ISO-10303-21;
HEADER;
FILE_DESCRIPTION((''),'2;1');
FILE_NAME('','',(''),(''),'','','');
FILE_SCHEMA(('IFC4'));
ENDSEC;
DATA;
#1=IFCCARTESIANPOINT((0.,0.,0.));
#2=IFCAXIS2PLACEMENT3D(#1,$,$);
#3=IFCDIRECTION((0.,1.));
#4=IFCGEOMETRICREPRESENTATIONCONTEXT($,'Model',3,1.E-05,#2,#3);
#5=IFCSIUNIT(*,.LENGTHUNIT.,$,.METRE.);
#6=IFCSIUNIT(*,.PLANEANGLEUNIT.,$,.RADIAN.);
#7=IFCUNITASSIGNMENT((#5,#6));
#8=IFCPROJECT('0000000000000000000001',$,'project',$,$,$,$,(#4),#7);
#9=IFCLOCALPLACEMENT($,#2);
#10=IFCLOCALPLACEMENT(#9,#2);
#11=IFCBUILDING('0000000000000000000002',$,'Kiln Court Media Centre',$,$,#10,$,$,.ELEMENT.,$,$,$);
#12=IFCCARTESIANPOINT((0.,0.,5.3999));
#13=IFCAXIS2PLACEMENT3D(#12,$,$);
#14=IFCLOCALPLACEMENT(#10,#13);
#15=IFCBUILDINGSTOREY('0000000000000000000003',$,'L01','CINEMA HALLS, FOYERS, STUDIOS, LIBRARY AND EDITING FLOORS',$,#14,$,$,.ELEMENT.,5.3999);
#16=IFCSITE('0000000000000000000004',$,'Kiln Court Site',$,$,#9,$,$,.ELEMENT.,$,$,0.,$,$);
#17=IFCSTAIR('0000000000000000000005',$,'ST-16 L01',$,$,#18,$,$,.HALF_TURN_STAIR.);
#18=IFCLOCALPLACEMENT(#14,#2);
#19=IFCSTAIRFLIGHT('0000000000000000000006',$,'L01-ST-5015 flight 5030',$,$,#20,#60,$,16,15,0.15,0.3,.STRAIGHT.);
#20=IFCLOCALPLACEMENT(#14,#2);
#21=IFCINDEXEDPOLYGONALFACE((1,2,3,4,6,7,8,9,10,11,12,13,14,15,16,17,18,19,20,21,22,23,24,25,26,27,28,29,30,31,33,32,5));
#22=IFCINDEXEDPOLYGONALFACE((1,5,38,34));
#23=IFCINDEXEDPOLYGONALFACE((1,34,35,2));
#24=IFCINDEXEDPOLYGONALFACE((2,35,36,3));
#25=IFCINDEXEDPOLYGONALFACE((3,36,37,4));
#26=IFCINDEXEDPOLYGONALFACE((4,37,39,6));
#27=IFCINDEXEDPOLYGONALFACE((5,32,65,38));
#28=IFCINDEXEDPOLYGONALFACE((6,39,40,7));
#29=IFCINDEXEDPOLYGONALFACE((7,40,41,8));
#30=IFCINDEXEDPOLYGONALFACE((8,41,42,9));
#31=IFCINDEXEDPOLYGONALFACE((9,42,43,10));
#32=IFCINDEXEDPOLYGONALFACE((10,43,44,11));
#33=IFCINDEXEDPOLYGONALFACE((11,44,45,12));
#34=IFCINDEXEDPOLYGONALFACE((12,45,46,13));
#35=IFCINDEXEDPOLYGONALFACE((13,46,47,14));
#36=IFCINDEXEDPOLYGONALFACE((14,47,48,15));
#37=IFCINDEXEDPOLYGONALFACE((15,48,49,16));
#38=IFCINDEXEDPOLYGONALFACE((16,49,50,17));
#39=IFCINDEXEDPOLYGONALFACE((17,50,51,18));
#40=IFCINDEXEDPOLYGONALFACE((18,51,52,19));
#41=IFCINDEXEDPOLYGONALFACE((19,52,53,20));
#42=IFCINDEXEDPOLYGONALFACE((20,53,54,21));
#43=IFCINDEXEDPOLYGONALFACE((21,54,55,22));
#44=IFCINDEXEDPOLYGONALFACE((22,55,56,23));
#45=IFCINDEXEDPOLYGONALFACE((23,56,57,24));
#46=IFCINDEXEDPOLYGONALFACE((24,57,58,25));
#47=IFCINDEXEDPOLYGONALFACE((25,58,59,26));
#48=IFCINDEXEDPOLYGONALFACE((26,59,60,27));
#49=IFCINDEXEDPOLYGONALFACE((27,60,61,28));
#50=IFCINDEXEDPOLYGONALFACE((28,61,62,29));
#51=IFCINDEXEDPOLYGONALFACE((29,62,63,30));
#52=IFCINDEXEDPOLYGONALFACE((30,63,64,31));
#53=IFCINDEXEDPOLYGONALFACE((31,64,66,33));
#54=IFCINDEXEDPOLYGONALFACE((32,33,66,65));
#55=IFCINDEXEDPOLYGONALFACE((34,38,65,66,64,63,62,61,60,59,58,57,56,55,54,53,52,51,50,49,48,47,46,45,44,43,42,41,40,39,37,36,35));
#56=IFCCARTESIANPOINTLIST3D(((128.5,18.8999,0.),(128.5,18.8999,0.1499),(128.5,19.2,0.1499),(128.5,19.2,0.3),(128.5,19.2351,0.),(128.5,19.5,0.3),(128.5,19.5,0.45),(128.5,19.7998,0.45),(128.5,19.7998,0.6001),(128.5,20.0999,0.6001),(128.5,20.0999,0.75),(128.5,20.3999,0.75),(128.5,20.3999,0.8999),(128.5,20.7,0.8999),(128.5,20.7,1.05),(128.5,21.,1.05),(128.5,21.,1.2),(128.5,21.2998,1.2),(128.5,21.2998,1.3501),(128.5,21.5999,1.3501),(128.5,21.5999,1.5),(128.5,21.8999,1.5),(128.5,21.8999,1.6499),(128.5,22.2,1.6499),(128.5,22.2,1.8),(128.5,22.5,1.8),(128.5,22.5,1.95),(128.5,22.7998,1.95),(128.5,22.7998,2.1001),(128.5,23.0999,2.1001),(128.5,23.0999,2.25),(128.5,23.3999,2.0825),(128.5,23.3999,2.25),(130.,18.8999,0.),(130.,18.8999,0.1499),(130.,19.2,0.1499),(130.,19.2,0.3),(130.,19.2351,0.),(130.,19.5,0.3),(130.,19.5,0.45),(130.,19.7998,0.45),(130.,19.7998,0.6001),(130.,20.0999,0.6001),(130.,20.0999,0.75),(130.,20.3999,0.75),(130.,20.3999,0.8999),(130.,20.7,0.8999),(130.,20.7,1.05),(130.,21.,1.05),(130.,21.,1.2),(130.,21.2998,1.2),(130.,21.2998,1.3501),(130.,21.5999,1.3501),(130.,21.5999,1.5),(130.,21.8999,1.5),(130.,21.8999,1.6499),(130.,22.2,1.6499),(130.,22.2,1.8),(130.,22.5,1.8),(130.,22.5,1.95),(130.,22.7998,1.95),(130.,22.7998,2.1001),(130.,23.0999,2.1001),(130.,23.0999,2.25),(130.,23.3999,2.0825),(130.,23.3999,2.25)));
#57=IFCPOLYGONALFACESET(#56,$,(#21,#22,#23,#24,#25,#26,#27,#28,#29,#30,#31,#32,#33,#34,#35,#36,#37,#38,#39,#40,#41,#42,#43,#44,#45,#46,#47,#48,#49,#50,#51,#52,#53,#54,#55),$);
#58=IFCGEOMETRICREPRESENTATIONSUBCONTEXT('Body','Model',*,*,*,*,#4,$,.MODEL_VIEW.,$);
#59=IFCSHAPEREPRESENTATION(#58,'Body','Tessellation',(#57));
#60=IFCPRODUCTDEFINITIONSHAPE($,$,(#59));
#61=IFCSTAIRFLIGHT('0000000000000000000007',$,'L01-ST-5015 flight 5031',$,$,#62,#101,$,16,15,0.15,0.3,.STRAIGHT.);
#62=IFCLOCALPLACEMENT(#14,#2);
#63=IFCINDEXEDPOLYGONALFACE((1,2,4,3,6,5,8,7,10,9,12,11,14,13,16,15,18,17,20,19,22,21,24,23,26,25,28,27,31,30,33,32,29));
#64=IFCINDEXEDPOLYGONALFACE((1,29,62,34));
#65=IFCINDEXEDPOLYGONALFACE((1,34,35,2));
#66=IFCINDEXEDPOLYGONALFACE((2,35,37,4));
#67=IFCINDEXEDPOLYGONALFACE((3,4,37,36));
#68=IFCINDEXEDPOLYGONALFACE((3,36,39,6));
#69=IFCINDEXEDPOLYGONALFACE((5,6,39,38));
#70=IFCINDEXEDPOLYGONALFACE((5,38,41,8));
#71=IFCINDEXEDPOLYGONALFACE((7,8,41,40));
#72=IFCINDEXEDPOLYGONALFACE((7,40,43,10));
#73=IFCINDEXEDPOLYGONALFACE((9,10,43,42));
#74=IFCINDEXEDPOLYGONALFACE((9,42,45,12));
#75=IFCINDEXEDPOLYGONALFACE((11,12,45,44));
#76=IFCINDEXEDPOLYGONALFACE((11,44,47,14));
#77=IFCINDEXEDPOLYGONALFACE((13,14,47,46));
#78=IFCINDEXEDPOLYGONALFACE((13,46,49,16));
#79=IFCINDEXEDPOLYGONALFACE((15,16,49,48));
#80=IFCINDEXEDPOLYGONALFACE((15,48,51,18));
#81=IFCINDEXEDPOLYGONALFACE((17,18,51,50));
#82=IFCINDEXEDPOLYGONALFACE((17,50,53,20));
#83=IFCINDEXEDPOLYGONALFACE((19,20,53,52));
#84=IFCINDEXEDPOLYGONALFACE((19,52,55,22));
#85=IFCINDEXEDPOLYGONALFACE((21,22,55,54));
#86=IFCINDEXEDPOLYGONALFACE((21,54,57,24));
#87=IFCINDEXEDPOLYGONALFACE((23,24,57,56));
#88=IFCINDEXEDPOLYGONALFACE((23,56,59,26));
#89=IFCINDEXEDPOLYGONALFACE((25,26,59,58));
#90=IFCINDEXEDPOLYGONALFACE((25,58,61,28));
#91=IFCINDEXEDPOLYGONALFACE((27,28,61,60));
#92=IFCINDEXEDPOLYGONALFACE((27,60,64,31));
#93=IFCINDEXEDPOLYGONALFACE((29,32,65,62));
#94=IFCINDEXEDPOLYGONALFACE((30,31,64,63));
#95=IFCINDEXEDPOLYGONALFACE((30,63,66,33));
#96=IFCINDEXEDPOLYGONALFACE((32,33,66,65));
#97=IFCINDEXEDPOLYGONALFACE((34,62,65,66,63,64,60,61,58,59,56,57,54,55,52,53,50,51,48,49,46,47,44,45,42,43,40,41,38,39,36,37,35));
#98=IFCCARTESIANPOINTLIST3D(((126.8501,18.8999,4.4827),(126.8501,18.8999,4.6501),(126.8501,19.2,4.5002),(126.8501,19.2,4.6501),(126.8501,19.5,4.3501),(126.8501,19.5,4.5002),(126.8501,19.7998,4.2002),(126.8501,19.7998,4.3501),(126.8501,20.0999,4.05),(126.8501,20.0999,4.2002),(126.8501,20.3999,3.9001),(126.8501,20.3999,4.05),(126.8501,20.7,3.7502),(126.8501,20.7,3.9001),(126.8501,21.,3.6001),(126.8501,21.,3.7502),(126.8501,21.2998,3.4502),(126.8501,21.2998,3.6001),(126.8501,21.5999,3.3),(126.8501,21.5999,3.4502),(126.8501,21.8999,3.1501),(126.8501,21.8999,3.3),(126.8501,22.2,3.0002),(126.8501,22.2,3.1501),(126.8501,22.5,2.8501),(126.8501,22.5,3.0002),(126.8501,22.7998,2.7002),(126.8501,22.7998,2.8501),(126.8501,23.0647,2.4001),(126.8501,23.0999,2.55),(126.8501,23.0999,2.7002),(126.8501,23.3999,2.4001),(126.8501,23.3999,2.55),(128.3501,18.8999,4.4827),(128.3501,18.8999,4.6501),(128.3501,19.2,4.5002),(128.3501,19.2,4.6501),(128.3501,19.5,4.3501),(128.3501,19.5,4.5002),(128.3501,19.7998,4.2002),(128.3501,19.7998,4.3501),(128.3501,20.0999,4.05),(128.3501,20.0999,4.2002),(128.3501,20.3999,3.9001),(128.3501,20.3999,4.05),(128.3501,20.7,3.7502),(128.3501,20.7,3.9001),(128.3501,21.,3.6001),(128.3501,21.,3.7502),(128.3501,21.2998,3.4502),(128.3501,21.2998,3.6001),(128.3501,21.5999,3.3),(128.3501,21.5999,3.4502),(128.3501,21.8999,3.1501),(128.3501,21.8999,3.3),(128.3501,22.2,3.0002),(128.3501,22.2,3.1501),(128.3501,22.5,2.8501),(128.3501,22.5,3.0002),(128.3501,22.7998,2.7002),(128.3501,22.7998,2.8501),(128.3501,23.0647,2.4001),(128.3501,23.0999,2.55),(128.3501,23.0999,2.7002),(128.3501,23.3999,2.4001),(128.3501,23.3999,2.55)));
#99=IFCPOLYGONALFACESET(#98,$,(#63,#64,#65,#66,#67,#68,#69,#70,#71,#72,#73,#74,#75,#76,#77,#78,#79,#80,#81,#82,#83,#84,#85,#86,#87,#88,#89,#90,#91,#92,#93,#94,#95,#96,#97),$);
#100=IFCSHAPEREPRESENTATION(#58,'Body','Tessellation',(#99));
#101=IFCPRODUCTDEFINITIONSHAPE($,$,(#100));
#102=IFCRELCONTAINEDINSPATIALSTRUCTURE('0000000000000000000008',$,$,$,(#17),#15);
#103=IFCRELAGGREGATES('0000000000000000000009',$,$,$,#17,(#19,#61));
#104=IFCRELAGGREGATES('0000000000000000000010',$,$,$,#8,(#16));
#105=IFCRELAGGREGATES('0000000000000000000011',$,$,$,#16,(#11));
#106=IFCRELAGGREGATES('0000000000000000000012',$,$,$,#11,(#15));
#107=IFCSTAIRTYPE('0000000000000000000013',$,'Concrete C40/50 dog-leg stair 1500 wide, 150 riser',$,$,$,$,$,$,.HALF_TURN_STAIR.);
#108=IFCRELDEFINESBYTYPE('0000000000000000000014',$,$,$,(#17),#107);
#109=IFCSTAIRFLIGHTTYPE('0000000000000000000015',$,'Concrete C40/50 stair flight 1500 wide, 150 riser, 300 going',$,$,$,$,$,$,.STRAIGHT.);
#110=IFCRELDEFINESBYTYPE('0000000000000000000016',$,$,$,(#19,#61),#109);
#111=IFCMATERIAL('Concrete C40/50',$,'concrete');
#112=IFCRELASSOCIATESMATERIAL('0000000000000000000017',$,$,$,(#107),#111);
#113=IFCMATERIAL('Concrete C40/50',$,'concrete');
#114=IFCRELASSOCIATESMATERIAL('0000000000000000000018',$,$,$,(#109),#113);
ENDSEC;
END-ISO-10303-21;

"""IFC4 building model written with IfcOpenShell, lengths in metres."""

from ifc_helpers import new_model, si_unit, direction, frame, origin, place, context, subcontext, project, spatial, polyline, outline, extrude, material, type_object, element, aggregate, save


model = new_model("IFC4")

# Units and contexts
model_context = context("Model", 3, precision=1e-05, world=origin(), true_north=direction((0.0, 1.0)))
body_context = subcontext(model_context, "Body", "Model", "MODEL_VIEW")
ifc_project = project(units=[si_unit("LENGTHUNIT", "METRE"), si_unit("PLANEANGLEUNIT", "RADIAN")], contexts=[model_context])

# Site, building, storey
site_placement = place(None, origin())
site = spatial("IfcSite", under=ifc_project, at=site_placement, Name="Kiln Court Site", CompositionType="ELEMENT", RefElevation=0.0)
building_placement = place(site_placement, origin())
building = spatial("IfcBuilding", under=site, at=building_placement, Name="Kiln Court Media Centre", CompositionType="ELEMENT")
storey_placement = place(building_placement, frame((0.0, 0.0, 5.3999)))
storey = spatial("IfcBuildingStorey", under=building, at=storey_placement, Name="L01", Description="CINEMA HALLS, FOYERS, STUDIOS, LIBRARY AND EDITING FLOORS", CompositionType="ELEMENT", Elevation=5.3999)

# Stair, stair flights
ifc_material_1 = material(Name="Concrete C40/50", Category="concrete")
stair_type = type_object("IfcStairType", Name="Concrete C40/50 dog-leg stair 1500 wide, 150 riser", PredefinedType="HALF_TURN_STAIR", material=ifc_material_1)
stair_placement = place(storey_placement, origin())
stair = element("IfcStair", 1, at=stair_placement, inside=storey, type_object=stair_type, Name="ST-16 L01", PredefinedType="HALF_TURN_STAIR")
ifc_material_2 = material(Name="Concrete C40/50", Category="concrete")
stair_flight_type = type_object("IfcStairFlightType", Name="Concrete C40/50 stair flight 1500 wide, 150 riser, 300 going", PredefinedType="STRAIGHT", material=ifc_material_2)
stair_flight_1_placement = place(storey_placement, frame((129.25, 18.8999, 0.0), z_axis=(0.0, 0.0, 1.0), x_axis=(0.0, 1.0, 0.0)))
stair_flight_1 = element("IfcStairFlight", 2, at=stair_flight_1_placement, type_object=stair_flight_type, Name="L01-ST-5015 flight 5030", NumberOfRisers=16, NumberOfTreads=15, PredefinedType="STRAIGHT", RiserHeight=0.15, TreadLength=0.3, context=body_context, shape_type="SweptSolid", body=[
    extrude(outline(polyline([(0.0, 0.0), (0.0, 0.1499), (0.3, 0.1499), (0.3, 0.3), (0.6001, 0.3), (0.6001, 0.45), (0.8999, 0.45), (0.8999, 0.6001), (1.2, 0.6001), (1.2, 0.75), (1.5, 0.75), (1.5, 0.8999), (1.8, 0.8999), (1.8, 1.05), (2.1001, 1.05), (2.1001, 1.2), (2.3999, 1.2), (2.3999, 1.3501), (2.7, 1.3501), (2.7, 1.5), (3.0, 1.5), (3.0, 1.6499), (3.3, 1.6499), (3.3, 1.8), (3.6001, 1.8), (3.6001, 1.95), (3.8999, 1.95), (3.8999, 2.1001), (4.2, 2.1001), (4.2, 2.25), (4.5, 2.25), (4.5, 2.3999), (4.5, 2.0825), (0.3352, 0.0), (0.0, 0.0)])), frame((0.0, 0.75, 0.0), z_axis=(0.0, -1.0, 0.0), x_axis=(1.0, 0.0, 0.0)), (0.0, 0.0, 1.0), 1.5),
])
stair_flight_2_placement = place(storey_placement, frame((127.6001, 23.3999, 2.4001), z_axis=(0.0, 0.0, 1.0), x_axis=(0.0, -1.0, 0.0)))
stair_flight_2 = element("IfcStairFlight", 3, at=stair_flight_2_placement, type_object=stair_flight_type, Name="L01-ST-5015 flight 5031", NumberOfRisers=16, NumberOfTreads=15, PredefinedType="STRAIGHT", RiserHeight=0.15, TreadLength=0.3, context=body_context, shape_type="SweptSolid", body=[
    extrude(outline(polyline([(0.0, 0.0), (0.0, 0.1499), (0.3, 0.1499), (0.3, 0.3), (0.6001, 0.3), (0.6001, 0.45), (0.8999, 0.45), (0.8999, 0.6001), (1.2, 0.6001), (1.2, 0.75), (1.5, 0.75), (1.5, 0.8999), (1.8, 0.8999), (1.8, 1.05), (2.1001, 1.05), (2.1001, 1.2), (2.3999, 1.2), (2.3999, 1.3501), (2.7, 1.3501), (2.7, 1.5), (3.0, 1.5), (3.0, 1.6499), (3.3, 1.6499), (3.3, 1.8), (3.6001, 1.8), (3.6001, 1.95), (3.8999, 1.95), (3.8999, 2.1001), (4.2, 2.1001), (4.2, 2.25), (4.5, 2.25), (4.5, 2.3999), (4.5, 2.0825), (0.3352, 0.0), (0.0, 0.0)])), frame((0.0, 0.75, 0.0), z_axis=(0.0, -1.0, 0.0), x_axis=(1.0, 0.0, 0.0)), (0.0, 0.0, 1.0), 1.5),
])
aggregate(stair, [stair_flight_1, stair_flight_2])

save(model, "model.ifc")
